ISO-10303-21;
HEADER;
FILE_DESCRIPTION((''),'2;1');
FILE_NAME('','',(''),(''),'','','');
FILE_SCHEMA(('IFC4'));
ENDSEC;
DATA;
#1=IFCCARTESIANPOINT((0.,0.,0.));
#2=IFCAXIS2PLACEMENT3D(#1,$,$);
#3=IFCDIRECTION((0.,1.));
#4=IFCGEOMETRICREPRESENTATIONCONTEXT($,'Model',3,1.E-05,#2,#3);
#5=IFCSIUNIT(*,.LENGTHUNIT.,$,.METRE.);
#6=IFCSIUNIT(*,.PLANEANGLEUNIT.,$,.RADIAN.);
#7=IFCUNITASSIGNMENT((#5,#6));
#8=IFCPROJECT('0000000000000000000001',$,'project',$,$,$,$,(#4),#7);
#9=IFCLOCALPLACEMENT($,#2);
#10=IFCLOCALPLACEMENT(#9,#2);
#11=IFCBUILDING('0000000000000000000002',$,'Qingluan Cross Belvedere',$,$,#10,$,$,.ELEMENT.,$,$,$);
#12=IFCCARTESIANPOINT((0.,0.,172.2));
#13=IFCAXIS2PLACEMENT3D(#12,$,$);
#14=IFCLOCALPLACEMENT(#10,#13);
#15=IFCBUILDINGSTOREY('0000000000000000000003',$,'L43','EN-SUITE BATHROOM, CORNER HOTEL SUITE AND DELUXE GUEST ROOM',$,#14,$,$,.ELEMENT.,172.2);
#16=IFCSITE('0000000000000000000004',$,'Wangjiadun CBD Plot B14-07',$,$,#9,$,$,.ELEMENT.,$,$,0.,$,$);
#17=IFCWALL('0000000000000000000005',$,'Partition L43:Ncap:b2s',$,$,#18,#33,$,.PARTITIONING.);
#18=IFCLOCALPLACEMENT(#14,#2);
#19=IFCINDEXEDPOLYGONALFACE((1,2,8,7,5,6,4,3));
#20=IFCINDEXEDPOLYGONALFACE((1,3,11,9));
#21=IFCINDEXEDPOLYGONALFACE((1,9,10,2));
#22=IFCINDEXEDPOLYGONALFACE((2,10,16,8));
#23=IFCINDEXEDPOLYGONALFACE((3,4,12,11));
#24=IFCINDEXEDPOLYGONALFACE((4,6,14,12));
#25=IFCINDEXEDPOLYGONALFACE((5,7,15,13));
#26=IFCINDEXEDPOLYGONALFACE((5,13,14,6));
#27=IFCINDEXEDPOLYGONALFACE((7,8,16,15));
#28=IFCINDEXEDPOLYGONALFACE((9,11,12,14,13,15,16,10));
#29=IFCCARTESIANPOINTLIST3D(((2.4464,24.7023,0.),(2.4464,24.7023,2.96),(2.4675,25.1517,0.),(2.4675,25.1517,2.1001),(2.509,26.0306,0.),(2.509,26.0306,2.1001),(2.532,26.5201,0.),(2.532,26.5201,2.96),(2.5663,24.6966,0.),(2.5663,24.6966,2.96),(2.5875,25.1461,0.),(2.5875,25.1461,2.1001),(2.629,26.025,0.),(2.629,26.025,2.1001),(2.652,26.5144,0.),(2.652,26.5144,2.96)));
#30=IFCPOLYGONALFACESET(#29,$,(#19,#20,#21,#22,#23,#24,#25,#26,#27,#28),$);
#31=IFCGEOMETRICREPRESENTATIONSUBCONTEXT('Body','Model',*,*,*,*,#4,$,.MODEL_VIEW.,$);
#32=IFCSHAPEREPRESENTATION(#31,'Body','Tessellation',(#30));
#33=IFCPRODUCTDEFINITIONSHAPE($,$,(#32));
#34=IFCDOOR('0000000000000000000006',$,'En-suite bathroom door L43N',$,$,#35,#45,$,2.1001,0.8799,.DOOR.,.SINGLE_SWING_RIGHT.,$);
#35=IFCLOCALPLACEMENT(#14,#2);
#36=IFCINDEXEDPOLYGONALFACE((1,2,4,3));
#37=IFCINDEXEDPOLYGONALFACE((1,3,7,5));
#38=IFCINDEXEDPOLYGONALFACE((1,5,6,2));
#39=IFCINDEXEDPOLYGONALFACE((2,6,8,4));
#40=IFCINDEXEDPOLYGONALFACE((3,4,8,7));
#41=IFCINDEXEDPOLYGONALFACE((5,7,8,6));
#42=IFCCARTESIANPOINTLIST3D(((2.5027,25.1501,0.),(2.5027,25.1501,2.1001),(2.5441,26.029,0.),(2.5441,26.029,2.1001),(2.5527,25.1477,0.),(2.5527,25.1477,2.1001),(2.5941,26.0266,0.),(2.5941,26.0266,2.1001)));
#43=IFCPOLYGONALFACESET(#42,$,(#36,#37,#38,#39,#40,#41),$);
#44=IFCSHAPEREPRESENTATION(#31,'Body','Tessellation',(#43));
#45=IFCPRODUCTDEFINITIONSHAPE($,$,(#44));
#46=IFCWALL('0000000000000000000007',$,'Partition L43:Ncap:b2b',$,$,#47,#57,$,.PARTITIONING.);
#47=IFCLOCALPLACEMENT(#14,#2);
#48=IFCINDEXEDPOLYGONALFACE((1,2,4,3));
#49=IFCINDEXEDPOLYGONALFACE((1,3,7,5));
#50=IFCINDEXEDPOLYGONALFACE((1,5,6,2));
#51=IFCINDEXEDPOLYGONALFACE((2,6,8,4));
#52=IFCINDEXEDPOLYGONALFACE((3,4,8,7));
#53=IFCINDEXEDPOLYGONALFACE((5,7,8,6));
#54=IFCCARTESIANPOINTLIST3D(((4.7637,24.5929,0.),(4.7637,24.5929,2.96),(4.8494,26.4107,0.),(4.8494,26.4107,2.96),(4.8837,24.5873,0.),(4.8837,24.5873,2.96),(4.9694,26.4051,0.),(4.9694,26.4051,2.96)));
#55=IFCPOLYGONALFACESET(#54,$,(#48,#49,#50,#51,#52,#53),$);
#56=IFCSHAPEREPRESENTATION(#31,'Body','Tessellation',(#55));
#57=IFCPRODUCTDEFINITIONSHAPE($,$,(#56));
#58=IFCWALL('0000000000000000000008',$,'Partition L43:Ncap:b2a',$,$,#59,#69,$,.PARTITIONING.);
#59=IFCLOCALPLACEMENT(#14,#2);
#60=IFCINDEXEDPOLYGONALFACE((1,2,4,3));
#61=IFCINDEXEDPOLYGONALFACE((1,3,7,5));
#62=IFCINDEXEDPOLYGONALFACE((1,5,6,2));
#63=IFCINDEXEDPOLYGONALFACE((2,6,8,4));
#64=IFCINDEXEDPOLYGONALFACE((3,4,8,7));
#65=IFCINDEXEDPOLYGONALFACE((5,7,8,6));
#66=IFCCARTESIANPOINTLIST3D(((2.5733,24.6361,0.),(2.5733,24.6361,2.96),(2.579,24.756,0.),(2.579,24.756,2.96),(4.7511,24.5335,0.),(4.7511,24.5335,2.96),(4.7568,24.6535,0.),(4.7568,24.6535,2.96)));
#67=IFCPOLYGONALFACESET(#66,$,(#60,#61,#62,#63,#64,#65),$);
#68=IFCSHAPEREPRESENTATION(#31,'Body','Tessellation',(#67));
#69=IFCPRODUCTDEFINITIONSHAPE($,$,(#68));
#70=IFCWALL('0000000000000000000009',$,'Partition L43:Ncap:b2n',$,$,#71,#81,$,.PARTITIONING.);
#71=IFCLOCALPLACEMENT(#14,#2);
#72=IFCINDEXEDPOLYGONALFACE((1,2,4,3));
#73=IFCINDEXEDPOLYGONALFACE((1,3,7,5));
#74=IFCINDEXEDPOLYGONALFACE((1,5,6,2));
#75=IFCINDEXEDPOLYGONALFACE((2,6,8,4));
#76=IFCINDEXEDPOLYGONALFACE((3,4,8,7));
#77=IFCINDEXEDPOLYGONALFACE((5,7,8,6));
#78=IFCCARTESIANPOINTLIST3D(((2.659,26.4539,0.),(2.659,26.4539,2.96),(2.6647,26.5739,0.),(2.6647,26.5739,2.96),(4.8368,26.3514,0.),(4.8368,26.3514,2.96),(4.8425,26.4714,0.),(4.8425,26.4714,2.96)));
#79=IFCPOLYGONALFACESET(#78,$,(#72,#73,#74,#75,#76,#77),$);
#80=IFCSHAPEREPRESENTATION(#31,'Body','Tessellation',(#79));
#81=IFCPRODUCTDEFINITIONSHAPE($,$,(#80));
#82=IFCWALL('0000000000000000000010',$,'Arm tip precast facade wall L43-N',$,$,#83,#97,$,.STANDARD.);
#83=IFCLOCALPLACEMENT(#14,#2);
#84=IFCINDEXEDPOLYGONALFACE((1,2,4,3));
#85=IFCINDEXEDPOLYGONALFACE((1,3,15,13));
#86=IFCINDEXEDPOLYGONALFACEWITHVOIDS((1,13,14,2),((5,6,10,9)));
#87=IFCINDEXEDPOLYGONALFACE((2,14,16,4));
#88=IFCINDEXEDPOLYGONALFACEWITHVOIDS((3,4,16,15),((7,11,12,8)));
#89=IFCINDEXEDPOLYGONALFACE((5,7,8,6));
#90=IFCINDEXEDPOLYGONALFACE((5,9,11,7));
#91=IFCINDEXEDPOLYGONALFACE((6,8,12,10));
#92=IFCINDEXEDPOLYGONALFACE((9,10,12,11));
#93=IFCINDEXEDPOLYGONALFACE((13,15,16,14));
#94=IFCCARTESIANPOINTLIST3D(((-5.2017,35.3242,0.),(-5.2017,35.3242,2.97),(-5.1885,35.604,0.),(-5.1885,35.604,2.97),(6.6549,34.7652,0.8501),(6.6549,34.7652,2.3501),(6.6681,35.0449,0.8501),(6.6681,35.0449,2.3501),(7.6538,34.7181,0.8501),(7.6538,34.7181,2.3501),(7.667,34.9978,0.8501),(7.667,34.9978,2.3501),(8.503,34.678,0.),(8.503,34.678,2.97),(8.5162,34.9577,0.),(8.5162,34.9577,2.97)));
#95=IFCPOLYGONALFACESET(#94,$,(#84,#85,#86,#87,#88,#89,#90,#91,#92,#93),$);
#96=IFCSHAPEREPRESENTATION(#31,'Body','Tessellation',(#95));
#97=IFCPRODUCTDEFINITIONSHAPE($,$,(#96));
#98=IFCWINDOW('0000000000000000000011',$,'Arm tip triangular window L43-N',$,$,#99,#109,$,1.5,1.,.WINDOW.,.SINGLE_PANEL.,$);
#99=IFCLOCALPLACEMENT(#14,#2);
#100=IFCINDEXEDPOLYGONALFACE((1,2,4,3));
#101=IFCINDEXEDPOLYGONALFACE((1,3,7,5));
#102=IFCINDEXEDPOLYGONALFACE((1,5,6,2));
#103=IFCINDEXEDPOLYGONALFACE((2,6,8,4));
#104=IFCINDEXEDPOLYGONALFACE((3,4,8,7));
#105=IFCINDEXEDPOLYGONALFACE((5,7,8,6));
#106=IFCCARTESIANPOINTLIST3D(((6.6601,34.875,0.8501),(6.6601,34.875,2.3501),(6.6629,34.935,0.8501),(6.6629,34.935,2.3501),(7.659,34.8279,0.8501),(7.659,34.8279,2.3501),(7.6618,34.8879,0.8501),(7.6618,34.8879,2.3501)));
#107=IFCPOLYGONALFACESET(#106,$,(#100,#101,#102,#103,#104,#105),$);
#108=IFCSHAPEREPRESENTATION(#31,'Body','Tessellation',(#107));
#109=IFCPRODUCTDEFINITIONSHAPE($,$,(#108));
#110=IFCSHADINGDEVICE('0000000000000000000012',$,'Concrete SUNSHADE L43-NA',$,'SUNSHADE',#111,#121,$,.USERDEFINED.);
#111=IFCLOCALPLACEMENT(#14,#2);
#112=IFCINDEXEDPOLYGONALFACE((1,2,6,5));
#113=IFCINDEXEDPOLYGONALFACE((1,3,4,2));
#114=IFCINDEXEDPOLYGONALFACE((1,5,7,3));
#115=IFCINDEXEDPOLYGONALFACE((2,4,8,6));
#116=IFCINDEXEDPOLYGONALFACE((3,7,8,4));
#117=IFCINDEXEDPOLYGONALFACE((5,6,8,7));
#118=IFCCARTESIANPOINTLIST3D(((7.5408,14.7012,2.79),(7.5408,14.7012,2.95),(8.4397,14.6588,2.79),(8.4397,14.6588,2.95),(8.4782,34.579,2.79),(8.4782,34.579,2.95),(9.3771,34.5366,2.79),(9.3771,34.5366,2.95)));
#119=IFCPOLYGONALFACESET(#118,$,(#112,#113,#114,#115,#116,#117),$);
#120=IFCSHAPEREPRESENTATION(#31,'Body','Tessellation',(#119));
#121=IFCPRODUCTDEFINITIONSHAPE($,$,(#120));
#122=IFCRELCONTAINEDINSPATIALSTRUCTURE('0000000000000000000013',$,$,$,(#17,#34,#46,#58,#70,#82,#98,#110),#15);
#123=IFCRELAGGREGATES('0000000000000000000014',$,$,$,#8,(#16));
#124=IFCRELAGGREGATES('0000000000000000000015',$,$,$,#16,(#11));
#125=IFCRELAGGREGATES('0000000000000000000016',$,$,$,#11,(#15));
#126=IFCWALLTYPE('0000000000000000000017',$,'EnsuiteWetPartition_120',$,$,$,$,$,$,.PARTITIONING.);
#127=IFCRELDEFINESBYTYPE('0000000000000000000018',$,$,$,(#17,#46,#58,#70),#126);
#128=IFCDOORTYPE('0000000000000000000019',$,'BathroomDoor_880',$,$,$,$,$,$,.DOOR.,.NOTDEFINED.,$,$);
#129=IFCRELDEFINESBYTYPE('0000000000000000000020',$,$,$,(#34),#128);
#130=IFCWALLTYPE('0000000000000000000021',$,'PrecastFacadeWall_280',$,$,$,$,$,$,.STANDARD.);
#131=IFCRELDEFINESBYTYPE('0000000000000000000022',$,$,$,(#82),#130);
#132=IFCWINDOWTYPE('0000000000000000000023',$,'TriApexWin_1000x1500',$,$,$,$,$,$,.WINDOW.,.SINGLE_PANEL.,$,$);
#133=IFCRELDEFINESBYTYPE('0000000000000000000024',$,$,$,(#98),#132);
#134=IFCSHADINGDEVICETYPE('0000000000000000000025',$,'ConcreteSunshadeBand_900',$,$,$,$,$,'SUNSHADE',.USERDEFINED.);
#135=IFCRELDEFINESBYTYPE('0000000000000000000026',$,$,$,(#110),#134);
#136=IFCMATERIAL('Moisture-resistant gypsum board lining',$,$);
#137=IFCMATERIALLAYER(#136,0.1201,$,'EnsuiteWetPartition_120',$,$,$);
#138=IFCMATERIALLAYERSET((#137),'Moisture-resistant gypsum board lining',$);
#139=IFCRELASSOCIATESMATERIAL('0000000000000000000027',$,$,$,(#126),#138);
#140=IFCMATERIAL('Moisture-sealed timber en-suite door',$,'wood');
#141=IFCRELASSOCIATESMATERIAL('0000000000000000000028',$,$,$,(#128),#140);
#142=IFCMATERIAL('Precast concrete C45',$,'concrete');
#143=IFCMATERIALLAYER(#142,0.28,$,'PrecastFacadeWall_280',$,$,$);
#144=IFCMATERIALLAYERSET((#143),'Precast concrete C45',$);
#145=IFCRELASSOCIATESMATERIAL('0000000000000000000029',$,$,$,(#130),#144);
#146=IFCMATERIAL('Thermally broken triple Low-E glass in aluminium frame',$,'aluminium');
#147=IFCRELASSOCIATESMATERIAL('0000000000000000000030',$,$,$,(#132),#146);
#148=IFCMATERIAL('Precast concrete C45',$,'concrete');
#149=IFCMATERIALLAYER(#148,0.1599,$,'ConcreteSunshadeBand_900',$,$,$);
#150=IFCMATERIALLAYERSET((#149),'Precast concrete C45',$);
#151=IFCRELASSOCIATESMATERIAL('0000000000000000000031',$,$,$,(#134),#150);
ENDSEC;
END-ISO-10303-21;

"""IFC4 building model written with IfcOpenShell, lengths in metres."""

from ifc_helpers import new_model, si_unit, direction, frame, frame_2d, origin, origin_2d, place, context, subcontext, project, spatial, rectangle, extrude, material, layer, layer_set, type_object, element, fill, save


model = new_model("IFC4")

# Units and contexts
model_context = context("Model", 3, precision=1e-05, world=origin(), true_north=direction((0.0, 1.0)))
body_context = subcontext(model_context, "Body", "Model", "MODEL_VIEW")
ifc_project = project(units=[si_unit("LENGTHUNIT", "METRE"), si_unit("PLANEANGLEUNIT", "RADIAN")], contexts=[model_context])

# Site, building, storey
site_placement = place(None, origin())
site = spatial("IfcSite", under=ifc_project, at=site_placement, Name="Wangjiadun CBD Plot B14-07", CompositionType="ELEMENT", RefElevation=0.0)
building_placement = place(site_placement, origin())
building = spatial("IfcBuilding", under=site, at=building_placement, Name="Qingluan Cross Belvedere", CompositionType="ELEMENT")
storey_placement = place(building_placement, frame((0.0, 0.0, 172.2)))
storey = spatial("IfcBuildingStorey", under=building, at=storey_placement, Name="L43", Description="EN-SUITE BATHROOM, CORNER HOTEL SUITE AND DELUXE GUEST ROOM", CompositionType="ELEMENT", Elevation=172.2)

# Shared definitions
ifc_material_1 = material(Name="Moisture-resistant gypsum board lining")
ifc_layer_1 = layer(ifc_material_1, 0.1201, Name="EnsuiteWetPartition_120")
ifc_layer_set_1 = layer_set([ifc_layer_1], Name="Moisture-resistant gypsum board lining")
wall_type_1 = type_object("IfcWallType", Name="EnsuiteWetPartition_120", PredefinedType="PARTITIONING", material=ifc_layer_set_1)
ifc_material_2 = material(Name="Moisture-sealed timber en-suite door", Category="wood")
door_type_1 = type_object("IfcDoorType", Name="BathroomDoor_880", OperationType="NOTDEFINED", PredefinedType="DOOR", material=ifc_material_2)

# Wall, opening, door
wall_1_placement = place(storey_placement, frame((2.5063, 24.6995, 0.0), z_axis=(0.0, 0.0, 1.0), x_axis=(0.047087, 0.998891, 0.0)))
wall_1 = element("IfcWall", 1, at=wall_1_placement, inside=storey, type_object=wall_type_1, Name="Partition L43:Ncap:b2s", PredefinedType="PARTITIONING", context=body_context, shape_type="SweptSolid", body=[
    extrude(rectangle(XDim=1.8198, YDim=0.1201, at=frame_2d((0.9099, 0.0))), origin(), (0.0, 0.0, 1.0), 2.96),
])
opening_1_placement = place(wall_1_placement, frame((0.45, 0.0, 0.0)))
opening_1 = element("IfcOpeningElement", 2, at=opening_1_placement, cuts=wall_1, PredefinedType="OPENING", context=body_context, shape_type="SweptSolid", body=[
    extrude(rectangle(XDim=0.8799, YDim=2.1001, at=frame_2d((0.4399, 1.05))), frame((0.0, 0.0701, 0.0), z_axis=(0.0, -1.0, 0.0), x_axis=(1.0, 0.0, 0.0)), (0.0, 0.0, 1.0), 0.1401),
])
door_1_placement = place(opening_1_placement, origin())
door_1 = element("IfcDoor", 3, at=door_1_placement, inside=storey, type_object=door_type_1, Name="En-suite bathroom door L43N", OperationType="SINGLE_SWING_RIGHT", OverallHeight=2.1001, OverallWidth=0.8799, PredefinedType="DOOR", context=body_context, shape_type="SweptSolid", body=[
    extrude(rectangle(XDim=0.8799, YDim=2.1001, at=frame_2d((0.4399, 1.05))), frame((0.0, 0.0249, 0.0), z_axis=(0.0, -1.0, 0.0), x_axis=(1.0, 0.0, 0.0)), (0.0, 0.0, 1.0), 0.05),
])
fill(opening_1, door_1)

# Walls
wall_2_placement = place(storey_placement, frame((4.8237, 24.5901, 0.0), z_axis=(0.0, 0.0, 1.0), x_axis=(0.047087, 0.998891, 0.0)))
element("IfcWall", 4, at=wall_2_placement, inside=storey, type_object=wall_type_1, Name="Partition L43:Ncap:b2b", PredefinedType="PARTITIONING", context=body_context, shape_type="SweptSolid", body=[
    extrude(rectangle(XDim=1.8198, YDim=0.1201, at=frame_2d((0.9099, 0.0))), origin(), (0.0, 0.0, 1.0), 2.96),
])
for number, where, z_axis, x_axis, name in (
    (5, (2.5762, 24.696, 0.0), (0.0, 0.0, 1.0), (0.998893, -0.047033, 0.0), "Partition L43:Ncap:b2a"),
    (6, (2.6619, 26.5139, 0.0), (0.0, 0.0, 1.0), (0.998893, -0.047033, 0.0), "Partition L43:Ncap:b2n"),
):
    element("IfcWall", number, at=place(storey_placement, frame(where, z_axis=z_axis, x_axis=x_axis)), inside=storey, type_object=wall_type_1, Name=name, PredefinedType="PARTITIONING", context=body_context, shape_type="SweptSolid", body=[
        extrude(rectangle(XDim=2.1802, YDim=0.1201, at=frame_2d((1.0901, 0.0))), origin(), (0.0, 0.0, 1.0), 2.96),
    ])

# Wall, opening, window
ifc_material_3 = material(Name="Precast concrete C45", Category="concrete")
ifc_layer_2 = layer(ifc_material_3, 0.28, Name="PrecastFacadeWall_280")
ifc_layer_set_2 = layer_set([ifc_layer_2], Name="Precast concrete C45")
wall_type_2 = type_object("IfcWallType", Name="PrecastFacadeWall_280", PredefinedType="STANDARD", material=ifc_layer_set_2)
wall_3_placement = place(storey_placement, frame((8.5095, 34.8179, 0.0), z_axis=(0.0, 0.0, 1.0), x_axis=(-0.99889, 0.047102, 0.0)))
wall_3 = element("IfcWall", 7, at=wall_3_placement, inside=storey, type_object=wall_type_2, Name="Arm tip precast facade wall L43-N", PredefinedType="STANDARD", context=body_context, shape_type="SweptSolid", body=[
    extrude(rectangle(XDim=13.72, YDim=0.28, at=frame_2d((6.8599, 0.0))), origin(), (0.0, 0.0, 1.0), 2.97),
])
opening_2_placement = place(wall_3_placement, frame((0.8501, 0.0, 0.8501)))
opening_2 = element("IfcOpeningElement", 8, at=opening_2_placement, cuts=wall_3, PredefinedType="OPENING", context=body_context, shape_type="SweptSolid", body=[
    extrude(rectangle(XDim=1.0, YDim=1.5, at=frame_2d((0.5, 0.75))), frame((0.0, 0.1499, 0.0), z_axis=(0.0, -1.0, 0.0), x_axis=(1.0, 0.0, 0.0)), (0.0, 0.0, 1.0), 0.3),
])
ifc_material_4 = material(Name="Thermally broken triple Low-E glass in aluminium frame", Category="aluminium")
window_type = type_object("IfcWindowType", Name="TriApexWin_1000x1500", PartitioningType="SINGLE_PANEL", PredefinedType="WINDOW", material=ifc_material_4)
window_placement = place(opening_2_placement, origin())
window = element("IfcWindow", 9, at=window_placement, inside=storey, type_object=window_type, Name="Arm tip triangular window L43-N", OverallHeight=1.5, OverallWidth=1.0, PartitioningType="SINGLE_PANEL", PredefinedType="WINDOW", context=body_context, shape_type="SweptSolid", body=[
    extrude(rectangle(XDim=1.0, YDim=1.5, at=frame_2d((0.5, 0.75))), frame((0.0, 0.03, 0.0), z_axis=(0.0, -1.0, 0.0), x_axis=(1.0, 0.0, 0.0)), (0.0, 0.0, 1.0), 0.0601),
])
fill(opening_2, window)

# Shading device
ifc_material_5 = material(Name="Precast concrete C45", Category="concrete")
ifc_layer_3 = layer(ifc_material_5, 0.1599, Name="ConcreteSunshadeBand_900")
ifc_layer_set_3 = layer_set([ifc_layer_3], Name="Precast concrete C45")
shading_device_type = type_object("IfcShadingDeviceType", Name="ConcreteSunshadeBand_900", ElementType="SUNSHADE", PredefinedType="USERDEFINED", material=ifc_layer_set_3)
shading_device_placement = place(storey_placement, frame((8.459, 24.6189, 2.79), z_axis=(0.0, 0.0, 1.0), x_axis=(0.047105, 0.99889, 0.0)))
element("IfcShadingDevice", 10, at=shading_device_placement, inside=storey, type_object=shading_device_type, Name="Concrete SUNSHADE L43-NA", ObjectType="SUNSHADE", PredefinedType="USERDEFINED", context=body_context, shape_type="SweptSolid", body=[
    extrude(rectangle(XDim=19.8999, YDim=0.8999, at=origin_2d()), origin(), (0.0, 0.0, 1.0), 0.1599),
])

save(model, "model.ifc")
